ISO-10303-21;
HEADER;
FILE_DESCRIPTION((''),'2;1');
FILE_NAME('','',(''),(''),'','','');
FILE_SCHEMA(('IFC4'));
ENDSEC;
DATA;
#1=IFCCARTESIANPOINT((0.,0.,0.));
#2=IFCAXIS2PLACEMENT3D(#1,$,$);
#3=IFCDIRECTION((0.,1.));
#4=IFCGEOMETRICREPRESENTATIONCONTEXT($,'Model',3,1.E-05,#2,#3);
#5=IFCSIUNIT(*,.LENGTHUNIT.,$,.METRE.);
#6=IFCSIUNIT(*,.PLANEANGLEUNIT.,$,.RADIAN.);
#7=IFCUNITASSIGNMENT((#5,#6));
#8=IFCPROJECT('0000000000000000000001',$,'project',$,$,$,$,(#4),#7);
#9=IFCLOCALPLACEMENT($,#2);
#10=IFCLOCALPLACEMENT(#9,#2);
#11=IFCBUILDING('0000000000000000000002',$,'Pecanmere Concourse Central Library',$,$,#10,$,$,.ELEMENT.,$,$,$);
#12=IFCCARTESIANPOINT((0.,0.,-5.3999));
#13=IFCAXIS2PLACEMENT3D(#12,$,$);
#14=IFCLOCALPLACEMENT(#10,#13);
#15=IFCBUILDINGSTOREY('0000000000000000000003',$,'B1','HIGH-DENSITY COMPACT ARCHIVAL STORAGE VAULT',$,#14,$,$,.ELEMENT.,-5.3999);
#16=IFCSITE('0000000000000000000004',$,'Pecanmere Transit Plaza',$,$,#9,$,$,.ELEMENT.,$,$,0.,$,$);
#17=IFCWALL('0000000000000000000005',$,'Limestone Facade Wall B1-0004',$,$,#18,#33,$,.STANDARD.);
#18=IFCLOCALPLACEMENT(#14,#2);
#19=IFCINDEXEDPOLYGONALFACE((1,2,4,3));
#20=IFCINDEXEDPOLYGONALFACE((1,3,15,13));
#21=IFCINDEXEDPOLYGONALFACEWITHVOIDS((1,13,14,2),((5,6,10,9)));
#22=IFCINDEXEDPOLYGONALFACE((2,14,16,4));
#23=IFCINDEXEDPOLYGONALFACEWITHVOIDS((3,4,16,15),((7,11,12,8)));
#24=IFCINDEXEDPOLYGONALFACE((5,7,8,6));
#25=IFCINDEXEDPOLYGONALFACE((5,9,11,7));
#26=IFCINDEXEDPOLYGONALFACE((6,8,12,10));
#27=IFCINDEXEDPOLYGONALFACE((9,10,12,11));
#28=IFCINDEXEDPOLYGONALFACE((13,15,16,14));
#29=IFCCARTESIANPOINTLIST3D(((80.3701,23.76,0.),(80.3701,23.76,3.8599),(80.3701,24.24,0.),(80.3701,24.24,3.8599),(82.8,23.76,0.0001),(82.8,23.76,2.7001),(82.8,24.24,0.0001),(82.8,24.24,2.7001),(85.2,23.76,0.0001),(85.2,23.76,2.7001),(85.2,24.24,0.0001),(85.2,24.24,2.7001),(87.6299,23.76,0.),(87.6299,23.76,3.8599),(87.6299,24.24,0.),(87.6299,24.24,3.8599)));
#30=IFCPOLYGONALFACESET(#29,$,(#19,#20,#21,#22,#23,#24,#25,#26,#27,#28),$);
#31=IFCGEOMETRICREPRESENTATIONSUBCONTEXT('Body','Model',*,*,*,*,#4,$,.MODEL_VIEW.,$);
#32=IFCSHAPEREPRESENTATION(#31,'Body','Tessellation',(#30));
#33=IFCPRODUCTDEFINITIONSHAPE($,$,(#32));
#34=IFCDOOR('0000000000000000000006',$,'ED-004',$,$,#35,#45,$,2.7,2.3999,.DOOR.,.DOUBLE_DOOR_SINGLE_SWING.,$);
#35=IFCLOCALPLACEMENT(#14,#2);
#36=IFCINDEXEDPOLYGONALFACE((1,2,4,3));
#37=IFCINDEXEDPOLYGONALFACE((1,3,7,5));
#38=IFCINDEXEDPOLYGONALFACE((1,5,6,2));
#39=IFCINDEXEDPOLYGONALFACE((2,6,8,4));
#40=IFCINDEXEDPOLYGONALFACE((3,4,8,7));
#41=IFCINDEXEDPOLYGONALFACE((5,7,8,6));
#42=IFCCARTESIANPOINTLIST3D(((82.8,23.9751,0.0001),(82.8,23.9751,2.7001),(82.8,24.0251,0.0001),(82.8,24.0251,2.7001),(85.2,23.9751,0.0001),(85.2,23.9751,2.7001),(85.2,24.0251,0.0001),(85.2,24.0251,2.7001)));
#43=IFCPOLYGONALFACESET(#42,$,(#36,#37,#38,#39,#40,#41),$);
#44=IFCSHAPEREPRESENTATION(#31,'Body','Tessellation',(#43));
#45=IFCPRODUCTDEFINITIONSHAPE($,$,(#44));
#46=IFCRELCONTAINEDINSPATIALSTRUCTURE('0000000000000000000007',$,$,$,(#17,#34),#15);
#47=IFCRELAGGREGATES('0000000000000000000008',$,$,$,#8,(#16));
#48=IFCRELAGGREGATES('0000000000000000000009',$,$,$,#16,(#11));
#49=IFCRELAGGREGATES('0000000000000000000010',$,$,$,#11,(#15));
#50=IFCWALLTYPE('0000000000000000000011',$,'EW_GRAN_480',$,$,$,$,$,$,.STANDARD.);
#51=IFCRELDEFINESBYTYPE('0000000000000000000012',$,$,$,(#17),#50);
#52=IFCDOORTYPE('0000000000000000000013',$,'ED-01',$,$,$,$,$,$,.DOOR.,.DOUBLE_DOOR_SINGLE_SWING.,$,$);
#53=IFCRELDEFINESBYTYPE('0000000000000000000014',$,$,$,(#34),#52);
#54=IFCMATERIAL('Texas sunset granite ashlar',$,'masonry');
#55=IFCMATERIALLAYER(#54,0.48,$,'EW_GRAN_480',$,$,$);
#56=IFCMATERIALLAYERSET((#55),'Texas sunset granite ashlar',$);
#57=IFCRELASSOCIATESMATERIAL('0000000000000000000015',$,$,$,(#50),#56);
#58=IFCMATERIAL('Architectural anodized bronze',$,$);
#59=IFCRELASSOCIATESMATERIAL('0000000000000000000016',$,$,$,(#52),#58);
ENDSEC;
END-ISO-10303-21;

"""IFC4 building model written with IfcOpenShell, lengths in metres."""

from ifc_helpers import new_model, si_unit, direction, frame, frame_2d, origin, place, context, subcontext, project, spatial, rectangle, extrude, material, layer, layer_set, type_object, element, fill, save


model = new_model("IFC4")

# Units and contexts
model_context = context("Model", 3, precision=1e-05, world=origin(), true_north=direction((0.0, 1.0)))
body_context = subcontext(model_context, "Body", "Model", "MODEL_VIEW")
ifc_project = project(units=[si_unit("LENGTHUNIT", "METRE"), si_unit("PLANEANGLEUNIT", "RADIAN")], contexts=[model_context])

# Site, building, storey
site_placement = place(None, origin())
site = spatial("IfcSite", under=ifc_project, at=site_placement, Name="Pecanmere Transit Plaza", CompositionType="ELEMENT", RefElevation=0.0)
building_placement = place(site_placement, origin())
building = spatial("IfcBuilding", under=site, at=building_placement, Name="Pecanmere Concourse Central Library", CompositionType="ELEMENT")
storey_placement = place(building_placement, frame((0.0, 0.0, -5.3999)))
storey = spatial("IfcBuildingStorey", under=building, at=storey_placement, Name="B1", Description="HIGH-DENSITY COMPACT ARCHIVAL STORAGE VAULT", CompositionType="ELEMENT", Elevation=-5.3999)

# Wall, opening, door
ifc_material_1 = material(Name="Texas sunset granite ashlar", Category="masonry")
ifc_layer_1 = layer(ifc_material_1, 0.48, Name="EW_GRAN_480")
ifc_layer_set_1 = layer_set([ifc_layer_1], Name="Texas sunset granite ashlar")
wall_type = type_object("IfcWallType", Name="EW_GRAN_480", PredefinedType="STANDARD", material=ifc_layer_set_1)
wall_placement = place(storey_placement, frame((80.3701, 24.0, 0.0), z_axis=(0.0, 0.0, 1.0), x_axis=(1.0, 0.0, 0.0)))
wall = element("IfcWall", 1, at=wall_placement, inside=storey, type_object=wall_type, Name="Limestone Facade Wall B1-0004", PredefinedType="STANDARD", context=body_context, shape_type="SweptSolid", body=[
    extrude(rectangle(XDim=7.2598, YDim=0.48, at=frame_2d((3.6299, 0.0))), origin(), (0.0, 0.0, 1.0), 3.8599),
])
opening_placement = place(wall_placement, frame((2.4299, 0.0, 0.0)))
opening = element("IfcOpeningElement", 2, at=opening_placement, cuts=wall, PredefinedType="OPENING", context=body_context, shape_type="SweptSolid", body=[
    extrude(rectangle(XDim=2.3999, YDim=2.7, at=frame_2d((1.2, 1.3501))), frame((0.0, 0.252, 0.0), z_axis=(0.0, -1.0, 0.0), x_axis=(1.0, 0.0, 0.0)), (0.0, 0.0, 1.0), 0.5039),
])
ifc_material_2 = material(Name="Architectural anodized bronze")
door_type = type_object("IfcDoorType", Name="ED-01", OperationType="DOUBLE_DOOR_SINGLE_SWING", PredefinedType="DOOR", material=ifc_material_2)
door_placement = place(opening_placement, frame((2.3999, 0.0, 0.0), z_axis=(0.0, 0.0, 1.0), x_axis=(-1.0, 0.0, 0.0)))
door = element("IfcDoor", 3, at=door_placement, inside=storey, type_object=door_type, Name="ED-004", OperationType="DOUBLE_DOOR_SINGLE_SWING", OverallHeight=2.7, OverallWidth=2.3999, PredefinedType="DOOR", context=body_context, shape_type="SweptSolid", body=[
    extrude(rectangle(XDim=2.3999, YDim=2.7, at=frame_2d((1.2, 1.3501))), frame((0.0, 0.0249, 0.0), z_axis=(0.0, -1.0, 0.0), x_axis=(1.0, 0.0, 0.0)), (0.0, 0.0, 1.0), 0.05),
])
fill(opening, door)

save(model, "model.ifc")
